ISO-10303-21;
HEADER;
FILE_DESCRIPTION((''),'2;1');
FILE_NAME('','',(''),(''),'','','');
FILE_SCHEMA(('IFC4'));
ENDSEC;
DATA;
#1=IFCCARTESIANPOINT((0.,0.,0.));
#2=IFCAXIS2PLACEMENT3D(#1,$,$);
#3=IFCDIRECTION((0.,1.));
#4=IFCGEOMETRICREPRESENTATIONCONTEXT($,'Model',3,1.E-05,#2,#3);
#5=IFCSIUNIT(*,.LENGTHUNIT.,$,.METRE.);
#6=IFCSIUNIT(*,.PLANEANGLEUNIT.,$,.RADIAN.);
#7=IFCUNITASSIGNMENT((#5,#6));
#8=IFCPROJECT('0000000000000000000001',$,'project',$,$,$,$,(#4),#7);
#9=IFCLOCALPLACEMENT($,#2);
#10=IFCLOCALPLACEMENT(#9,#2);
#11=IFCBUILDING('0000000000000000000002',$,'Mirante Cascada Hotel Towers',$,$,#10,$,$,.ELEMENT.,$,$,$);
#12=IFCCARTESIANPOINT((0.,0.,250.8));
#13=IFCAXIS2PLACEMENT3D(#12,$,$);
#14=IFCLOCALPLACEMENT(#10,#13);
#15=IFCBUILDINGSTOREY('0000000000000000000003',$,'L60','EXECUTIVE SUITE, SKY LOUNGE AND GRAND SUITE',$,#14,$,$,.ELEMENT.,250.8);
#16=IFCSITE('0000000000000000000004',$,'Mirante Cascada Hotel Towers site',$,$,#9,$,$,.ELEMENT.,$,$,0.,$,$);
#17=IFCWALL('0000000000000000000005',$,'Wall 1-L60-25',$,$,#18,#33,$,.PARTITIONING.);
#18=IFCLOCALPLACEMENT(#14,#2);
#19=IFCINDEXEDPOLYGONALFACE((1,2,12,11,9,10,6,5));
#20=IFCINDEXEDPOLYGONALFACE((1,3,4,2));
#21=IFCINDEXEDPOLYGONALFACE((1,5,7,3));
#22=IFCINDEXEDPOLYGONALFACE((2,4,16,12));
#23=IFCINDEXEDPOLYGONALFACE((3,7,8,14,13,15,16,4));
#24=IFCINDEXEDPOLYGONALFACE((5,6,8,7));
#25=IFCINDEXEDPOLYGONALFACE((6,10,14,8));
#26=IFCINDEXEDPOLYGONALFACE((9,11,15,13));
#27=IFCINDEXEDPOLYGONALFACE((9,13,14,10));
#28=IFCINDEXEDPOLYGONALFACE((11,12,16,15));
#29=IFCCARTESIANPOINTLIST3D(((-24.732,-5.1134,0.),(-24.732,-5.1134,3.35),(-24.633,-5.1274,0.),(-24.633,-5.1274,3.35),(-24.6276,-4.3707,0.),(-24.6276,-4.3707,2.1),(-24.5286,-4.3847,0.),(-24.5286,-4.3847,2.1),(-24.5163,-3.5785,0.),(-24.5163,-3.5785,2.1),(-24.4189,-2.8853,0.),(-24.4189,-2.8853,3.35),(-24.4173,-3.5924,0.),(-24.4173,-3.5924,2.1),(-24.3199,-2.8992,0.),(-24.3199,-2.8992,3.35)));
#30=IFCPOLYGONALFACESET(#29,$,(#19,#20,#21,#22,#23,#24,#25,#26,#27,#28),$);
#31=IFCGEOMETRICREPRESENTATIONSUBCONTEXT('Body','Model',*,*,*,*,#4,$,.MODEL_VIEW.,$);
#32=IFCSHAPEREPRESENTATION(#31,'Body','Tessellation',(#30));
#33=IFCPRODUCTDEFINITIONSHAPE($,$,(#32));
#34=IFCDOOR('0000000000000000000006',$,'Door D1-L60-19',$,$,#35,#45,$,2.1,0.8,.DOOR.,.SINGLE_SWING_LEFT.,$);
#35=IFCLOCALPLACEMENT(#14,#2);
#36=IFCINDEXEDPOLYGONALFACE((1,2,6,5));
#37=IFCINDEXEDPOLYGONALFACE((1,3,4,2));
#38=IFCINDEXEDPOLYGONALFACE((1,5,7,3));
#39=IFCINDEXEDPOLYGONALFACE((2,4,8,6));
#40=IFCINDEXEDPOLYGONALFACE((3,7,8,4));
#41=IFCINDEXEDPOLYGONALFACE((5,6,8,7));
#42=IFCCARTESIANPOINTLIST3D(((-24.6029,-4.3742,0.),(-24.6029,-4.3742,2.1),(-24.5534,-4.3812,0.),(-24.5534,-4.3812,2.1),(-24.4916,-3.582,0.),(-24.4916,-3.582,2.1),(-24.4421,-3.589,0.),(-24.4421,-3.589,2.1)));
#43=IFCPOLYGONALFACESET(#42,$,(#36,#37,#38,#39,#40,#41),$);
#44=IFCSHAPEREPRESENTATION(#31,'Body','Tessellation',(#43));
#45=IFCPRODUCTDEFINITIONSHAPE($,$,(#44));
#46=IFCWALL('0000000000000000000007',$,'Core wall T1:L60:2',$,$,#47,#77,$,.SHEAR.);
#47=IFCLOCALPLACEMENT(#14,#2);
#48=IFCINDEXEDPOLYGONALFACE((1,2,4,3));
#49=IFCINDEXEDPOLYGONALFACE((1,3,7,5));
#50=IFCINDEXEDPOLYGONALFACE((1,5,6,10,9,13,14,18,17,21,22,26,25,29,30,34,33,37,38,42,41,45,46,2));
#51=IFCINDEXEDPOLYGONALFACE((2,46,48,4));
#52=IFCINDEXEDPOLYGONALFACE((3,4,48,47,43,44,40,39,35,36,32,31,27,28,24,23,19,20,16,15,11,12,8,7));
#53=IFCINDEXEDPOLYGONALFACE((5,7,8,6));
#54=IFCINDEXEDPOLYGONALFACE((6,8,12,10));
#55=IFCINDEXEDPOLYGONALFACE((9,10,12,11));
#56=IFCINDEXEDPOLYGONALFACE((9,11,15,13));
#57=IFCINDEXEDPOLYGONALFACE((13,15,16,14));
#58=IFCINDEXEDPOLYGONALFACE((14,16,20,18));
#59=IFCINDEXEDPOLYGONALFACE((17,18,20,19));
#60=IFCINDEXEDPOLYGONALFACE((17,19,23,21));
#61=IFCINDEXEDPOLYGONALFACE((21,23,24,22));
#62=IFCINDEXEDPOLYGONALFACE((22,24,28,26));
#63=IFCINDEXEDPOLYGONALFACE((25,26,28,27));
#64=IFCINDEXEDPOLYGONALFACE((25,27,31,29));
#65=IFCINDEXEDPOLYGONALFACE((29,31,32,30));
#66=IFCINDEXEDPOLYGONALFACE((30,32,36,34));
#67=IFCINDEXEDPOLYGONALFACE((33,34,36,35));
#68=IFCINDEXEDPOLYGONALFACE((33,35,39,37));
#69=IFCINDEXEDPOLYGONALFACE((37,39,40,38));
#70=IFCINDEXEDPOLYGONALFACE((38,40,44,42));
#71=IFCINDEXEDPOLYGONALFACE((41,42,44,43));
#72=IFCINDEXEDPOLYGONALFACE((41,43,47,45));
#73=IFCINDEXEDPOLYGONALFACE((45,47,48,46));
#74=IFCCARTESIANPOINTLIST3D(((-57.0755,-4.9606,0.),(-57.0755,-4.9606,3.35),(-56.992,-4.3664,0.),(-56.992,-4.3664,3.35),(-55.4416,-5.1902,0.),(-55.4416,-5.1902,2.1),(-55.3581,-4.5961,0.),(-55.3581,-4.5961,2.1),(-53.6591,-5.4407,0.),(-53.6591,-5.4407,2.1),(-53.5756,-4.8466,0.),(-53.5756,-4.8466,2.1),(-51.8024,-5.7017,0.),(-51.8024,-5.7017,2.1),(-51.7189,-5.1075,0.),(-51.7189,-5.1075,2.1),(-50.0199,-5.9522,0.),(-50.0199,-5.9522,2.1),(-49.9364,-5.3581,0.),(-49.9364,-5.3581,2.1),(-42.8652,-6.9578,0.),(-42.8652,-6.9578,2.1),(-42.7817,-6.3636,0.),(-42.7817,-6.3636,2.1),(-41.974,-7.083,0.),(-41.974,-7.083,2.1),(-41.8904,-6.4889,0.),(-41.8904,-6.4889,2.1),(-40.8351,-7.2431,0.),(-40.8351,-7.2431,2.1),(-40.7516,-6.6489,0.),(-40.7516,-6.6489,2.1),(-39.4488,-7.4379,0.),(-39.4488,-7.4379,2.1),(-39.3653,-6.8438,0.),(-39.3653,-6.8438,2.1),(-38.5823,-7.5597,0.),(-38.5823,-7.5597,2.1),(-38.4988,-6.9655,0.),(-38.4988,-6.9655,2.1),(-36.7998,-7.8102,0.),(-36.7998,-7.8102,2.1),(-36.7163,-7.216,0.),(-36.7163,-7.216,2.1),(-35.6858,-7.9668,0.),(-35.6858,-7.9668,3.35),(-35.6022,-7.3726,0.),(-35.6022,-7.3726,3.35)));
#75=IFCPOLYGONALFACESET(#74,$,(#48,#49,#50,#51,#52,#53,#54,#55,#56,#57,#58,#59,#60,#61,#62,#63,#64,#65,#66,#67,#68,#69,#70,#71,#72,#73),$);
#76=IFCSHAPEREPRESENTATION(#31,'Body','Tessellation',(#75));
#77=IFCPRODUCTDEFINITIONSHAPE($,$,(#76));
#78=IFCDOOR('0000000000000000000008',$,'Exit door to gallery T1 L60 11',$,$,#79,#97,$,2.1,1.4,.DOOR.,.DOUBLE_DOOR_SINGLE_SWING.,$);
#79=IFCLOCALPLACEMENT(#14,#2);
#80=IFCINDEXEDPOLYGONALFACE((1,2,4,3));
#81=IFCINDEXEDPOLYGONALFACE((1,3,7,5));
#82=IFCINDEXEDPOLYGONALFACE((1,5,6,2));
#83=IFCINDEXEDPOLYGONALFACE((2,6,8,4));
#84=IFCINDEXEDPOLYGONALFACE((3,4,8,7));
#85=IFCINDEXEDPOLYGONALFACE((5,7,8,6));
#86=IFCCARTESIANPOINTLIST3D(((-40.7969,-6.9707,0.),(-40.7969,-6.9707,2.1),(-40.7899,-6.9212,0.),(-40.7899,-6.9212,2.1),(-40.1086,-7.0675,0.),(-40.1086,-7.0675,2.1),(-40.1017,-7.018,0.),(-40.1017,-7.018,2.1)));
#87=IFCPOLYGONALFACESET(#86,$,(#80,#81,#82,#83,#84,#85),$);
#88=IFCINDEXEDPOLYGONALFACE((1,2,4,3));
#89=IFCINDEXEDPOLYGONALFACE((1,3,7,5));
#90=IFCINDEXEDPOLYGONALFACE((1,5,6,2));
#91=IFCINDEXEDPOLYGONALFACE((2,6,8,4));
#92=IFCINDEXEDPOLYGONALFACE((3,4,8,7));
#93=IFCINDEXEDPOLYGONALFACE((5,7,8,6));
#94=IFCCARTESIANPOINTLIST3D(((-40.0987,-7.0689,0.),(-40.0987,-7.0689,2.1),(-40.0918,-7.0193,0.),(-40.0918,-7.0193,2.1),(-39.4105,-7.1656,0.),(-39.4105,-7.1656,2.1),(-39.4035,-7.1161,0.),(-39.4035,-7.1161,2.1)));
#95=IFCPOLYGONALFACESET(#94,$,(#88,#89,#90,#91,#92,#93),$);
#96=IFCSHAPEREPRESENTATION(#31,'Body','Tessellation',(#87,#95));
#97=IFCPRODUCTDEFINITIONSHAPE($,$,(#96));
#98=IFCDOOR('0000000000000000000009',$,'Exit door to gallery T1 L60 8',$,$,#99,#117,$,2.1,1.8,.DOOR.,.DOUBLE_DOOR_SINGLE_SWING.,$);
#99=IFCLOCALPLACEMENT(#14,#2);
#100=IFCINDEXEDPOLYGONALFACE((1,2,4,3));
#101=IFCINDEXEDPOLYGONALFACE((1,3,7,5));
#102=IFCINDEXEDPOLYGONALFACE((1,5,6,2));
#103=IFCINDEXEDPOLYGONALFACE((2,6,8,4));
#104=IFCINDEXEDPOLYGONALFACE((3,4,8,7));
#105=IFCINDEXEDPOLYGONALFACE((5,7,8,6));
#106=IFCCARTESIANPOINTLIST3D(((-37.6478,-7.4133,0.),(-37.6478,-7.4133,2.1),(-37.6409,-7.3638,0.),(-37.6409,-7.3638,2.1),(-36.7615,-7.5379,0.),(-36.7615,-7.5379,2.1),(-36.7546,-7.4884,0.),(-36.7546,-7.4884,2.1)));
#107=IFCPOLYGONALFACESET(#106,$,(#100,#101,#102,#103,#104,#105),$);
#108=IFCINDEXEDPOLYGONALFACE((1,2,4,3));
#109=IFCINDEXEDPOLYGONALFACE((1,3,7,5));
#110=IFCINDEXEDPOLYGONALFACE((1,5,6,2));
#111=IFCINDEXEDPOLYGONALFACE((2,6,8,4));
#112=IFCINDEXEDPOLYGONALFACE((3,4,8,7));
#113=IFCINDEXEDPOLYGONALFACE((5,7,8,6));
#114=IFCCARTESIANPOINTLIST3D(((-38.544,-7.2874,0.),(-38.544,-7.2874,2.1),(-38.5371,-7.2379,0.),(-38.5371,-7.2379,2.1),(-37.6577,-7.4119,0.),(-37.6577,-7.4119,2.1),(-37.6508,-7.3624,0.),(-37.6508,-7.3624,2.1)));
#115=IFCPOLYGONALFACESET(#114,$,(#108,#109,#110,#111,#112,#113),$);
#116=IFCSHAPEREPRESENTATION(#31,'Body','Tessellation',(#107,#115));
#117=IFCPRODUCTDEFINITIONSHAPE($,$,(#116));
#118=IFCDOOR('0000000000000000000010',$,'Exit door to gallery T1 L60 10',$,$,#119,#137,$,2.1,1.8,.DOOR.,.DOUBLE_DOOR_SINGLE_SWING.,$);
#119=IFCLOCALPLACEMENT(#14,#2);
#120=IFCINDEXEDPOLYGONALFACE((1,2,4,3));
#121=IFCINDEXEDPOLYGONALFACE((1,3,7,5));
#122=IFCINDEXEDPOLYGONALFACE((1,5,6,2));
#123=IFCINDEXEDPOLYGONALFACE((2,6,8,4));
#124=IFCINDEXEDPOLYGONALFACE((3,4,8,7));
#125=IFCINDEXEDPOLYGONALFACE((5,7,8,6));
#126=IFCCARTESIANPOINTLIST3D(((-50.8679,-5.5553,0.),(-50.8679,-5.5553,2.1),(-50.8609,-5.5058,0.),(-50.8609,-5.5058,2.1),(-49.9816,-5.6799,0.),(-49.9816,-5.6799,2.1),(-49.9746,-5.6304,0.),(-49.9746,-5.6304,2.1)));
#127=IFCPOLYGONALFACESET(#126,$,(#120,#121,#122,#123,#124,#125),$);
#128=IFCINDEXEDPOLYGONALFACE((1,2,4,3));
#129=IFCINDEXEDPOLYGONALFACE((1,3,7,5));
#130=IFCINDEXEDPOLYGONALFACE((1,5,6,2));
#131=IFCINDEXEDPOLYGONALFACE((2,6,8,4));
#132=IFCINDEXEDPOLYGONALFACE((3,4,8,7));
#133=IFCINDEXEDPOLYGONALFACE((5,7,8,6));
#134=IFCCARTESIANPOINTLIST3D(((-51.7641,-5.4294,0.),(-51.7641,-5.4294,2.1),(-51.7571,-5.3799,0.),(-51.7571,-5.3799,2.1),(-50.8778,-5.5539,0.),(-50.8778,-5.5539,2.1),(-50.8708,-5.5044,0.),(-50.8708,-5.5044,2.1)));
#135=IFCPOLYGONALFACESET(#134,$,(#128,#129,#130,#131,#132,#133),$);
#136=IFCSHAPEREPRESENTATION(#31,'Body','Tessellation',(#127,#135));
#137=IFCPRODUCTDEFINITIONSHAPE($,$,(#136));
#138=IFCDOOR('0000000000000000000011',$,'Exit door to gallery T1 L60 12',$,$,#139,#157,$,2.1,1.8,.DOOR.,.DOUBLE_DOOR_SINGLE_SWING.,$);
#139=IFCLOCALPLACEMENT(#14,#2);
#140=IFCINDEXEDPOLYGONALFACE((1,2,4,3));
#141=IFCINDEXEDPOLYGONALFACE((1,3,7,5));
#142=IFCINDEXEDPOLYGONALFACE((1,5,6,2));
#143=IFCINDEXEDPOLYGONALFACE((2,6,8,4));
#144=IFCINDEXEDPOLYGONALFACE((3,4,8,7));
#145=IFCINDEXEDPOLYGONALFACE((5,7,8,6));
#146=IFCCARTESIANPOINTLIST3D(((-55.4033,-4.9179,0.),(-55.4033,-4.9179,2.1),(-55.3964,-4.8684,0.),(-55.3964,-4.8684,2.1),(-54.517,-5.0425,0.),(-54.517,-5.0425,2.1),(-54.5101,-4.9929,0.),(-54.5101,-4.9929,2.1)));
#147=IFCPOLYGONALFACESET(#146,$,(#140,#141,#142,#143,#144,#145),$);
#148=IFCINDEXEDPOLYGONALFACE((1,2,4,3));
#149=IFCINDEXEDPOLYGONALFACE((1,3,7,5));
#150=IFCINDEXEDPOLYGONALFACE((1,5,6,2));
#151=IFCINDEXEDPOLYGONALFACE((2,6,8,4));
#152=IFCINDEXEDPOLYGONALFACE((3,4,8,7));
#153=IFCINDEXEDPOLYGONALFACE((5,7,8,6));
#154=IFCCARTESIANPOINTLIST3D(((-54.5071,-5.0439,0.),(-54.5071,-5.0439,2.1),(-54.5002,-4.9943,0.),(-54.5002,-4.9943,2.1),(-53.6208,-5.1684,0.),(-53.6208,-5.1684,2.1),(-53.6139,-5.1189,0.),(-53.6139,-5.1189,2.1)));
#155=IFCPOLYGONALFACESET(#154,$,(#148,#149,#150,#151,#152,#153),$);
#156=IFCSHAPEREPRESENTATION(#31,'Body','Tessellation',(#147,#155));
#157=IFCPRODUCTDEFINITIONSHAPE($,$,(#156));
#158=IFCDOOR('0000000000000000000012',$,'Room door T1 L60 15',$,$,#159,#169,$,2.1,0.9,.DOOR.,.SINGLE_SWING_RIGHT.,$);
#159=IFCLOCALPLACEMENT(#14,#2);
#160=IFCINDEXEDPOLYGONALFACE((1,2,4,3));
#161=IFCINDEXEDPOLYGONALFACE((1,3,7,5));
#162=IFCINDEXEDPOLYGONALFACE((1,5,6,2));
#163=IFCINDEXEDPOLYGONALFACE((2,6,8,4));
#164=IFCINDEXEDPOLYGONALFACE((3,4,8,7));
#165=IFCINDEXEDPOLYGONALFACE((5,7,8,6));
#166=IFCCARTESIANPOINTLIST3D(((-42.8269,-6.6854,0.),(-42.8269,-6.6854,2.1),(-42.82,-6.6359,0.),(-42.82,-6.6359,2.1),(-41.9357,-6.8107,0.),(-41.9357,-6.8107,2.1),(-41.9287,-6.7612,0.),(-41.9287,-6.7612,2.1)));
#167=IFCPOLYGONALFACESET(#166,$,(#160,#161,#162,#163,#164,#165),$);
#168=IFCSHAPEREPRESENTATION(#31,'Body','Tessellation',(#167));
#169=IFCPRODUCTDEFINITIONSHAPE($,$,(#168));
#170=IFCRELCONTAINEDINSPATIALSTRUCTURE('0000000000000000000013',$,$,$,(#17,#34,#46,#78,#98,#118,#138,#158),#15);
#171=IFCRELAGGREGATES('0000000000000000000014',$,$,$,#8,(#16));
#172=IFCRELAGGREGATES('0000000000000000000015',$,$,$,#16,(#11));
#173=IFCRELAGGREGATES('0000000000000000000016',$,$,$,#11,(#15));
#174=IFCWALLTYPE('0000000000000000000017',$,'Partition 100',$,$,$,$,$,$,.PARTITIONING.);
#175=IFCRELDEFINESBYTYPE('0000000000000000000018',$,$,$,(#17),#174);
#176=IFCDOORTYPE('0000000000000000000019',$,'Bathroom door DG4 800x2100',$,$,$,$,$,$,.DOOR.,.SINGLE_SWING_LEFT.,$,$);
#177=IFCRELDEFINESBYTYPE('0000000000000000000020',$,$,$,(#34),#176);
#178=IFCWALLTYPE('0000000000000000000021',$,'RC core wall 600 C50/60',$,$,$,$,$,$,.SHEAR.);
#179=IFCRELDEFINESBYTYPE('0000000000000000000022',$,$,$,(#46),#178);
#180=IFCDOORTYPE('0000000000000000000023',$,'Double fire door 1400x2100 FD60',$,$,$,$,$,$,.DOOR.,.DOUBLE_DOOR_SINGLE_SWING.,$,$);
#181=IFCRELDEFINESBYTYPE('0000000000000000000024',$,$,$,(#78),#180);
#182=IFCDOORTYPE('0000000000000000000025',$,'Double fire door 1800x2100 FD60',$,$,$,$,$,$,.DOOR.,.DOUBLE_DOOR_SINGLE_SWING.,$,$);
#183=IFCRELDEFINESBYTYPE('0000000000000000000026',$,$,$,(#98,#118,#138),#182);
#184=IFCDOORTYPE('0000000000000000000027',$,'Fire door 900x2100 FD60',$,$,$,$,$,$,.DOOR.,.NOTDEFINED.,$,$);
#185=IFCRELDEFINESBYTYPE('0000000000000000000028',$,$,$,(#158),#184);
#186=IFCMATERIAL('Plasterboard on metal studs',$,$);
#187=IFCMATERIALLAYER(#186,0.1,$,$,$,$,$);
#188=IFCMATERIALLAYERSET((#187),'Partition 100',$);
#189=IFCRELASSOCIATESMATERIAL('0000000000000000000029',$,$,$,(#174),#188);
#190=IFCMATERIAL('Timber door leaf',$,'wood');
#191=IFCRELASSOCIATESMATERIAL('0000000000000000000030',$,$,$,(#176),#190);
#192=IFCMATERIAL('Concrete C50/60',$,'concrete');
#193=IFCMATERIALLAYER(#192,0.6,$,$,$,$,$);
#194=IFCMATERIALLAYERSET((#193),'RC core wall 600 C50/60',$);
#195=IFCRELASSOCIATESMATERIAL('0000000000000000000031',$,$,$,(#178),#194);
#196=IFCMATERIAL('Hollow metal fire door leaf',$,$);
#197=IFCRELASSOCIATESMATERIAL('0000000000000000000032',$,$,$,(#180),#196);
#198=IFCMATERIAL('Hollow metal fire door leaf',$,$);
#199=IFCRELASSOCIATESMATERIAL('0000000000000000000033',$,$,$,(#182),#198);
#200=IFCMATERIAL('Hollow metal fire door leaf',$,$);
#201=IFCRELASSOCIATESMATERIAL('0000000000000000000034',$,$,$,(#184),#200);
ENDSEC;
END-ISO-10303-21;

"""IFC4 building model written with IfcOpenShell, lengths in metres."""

from ifc_helpers import new_model, si_unit, direction, frame, frame_2d, origin, place, context, subcontext, project, spatial, rectangle, extrude, material, layer, layer_set, type_object, element, fill, save


model = new_model("IFC4")

# Units and contexts
model_context = context("Model", 3, precision=1e-05, world=origin(), true_north=direction((0.0, 1.0)))
body_context = subcontext(model_context, "Body", "Model", "MODEL_VIEW")
ifc_project = project(units=[si_unit("LENGTHUNIT", "METRE"), si_unit("PLANEANGLEUNIT", "RADIAN")], contexts=[model_context])

# Site, building, storey
site_placement = place(None, origin())
site = spatial("IfcSite", under=ifc_project, at=site_placement, Name="Mirante Cascada Hotel Towers site", CompositionType="ELEMENT", RefElevation=0.0)
building_placement = place(site_placement, origin())
building = spatial("IfcBuilding", under=site, at=building_placement, Name="Mirante Cascada Hotel Towers", CompositionType="ELEMENT")
storey_placement = place(building_placement, frame((0.0, 0.0, 250.8)))
storey = spatial("IfcBuildingStorey", under=building, at=storey_placement, Name="L60", Description="EXECUTIVE SUITE, SKY LOUNGE AND GRAND SUITE", CompositionType="ELEMENT", Elevation=250.8)

# Shared definitions
ifc_material_1 = material(Name="Plasterboard on metal studs")
ifc_layer_1 = layer(ifc_material_1, 0.1)
ifc_layer_set_1 = layer_set([ifc_layer_1], Name="Partition 100")
wall_type_1 = type_object("IfcWallType", Name="Partition 100", PredefinedType="PARTITIONING", material=ifc_layer_set_1)

# Shared definitions
ifc_material_2 = material(Name="Timber door leaf", Category="wood")
door_type_1 = type_object("IfcDoorType", Name="Bathroom door DG4 800x2100", OperationType="SINGLE_SWING_LEFT", PredefinedType="DOOR", material=ifc_material_2)

# Wall, opening, door
wall_1_placement = place(storey_placement, frame((-24.6825, -5.1204, 0.0), z_axis=(0.0, 0.0, 1.0), x_axis=(0.139156, 0.990271, 0.0)))
wall_1 = element("IfcWall", 1, at=wall_1_placement, inside=storey, type_object=wall_type_1, Name="Wall 1-L60-25", PredefinedType="PARTITIONING", context=body_context, shape_type="SweptSolid", body=[
    extrude(rectangle(XDim=2.25, YDim=0.1, at=frame_2d((1.125, 0.0))), origin(), (0.0, 0.0, 1.0), 3.35),
])
opening_1_placement = place(wall_1_placement, frame((0.75, 0.0, 0.0)))
opening_1 = element("IfcOpeningElement", 2, at=opening_1_placement, cuts=wall_1, PredefinedType="OPENING", context=body_context, shape_type="SweptSolid", body=[
    extrude(rectangle(XDim=0.8, YDim=2.1, at=frame_2d((0.4, 1.05))), frame((0.0, 0.05, 0.0), z_axis=(0.0, -1.0, 0.0), x_axis=(1.0, 0.0, 0.0)), (0.0, 0.0, 1.0), 0.1),
])
door_1_placement = place(opening_1_placement, origin())
door_1 = element("IfcDoor", 3, at=door_1_placement, inside=storey, type_object=door_type_1, Name="Door D1-L60-19", OperationType="SINGLE_SWING_LEFT", OverallHeight=2.1, OverallWidth=0.8, PredefinedType="DOOR", context=body_context, shape_type="SweptSolid", body=[
    extrude(rectangle(XDim=0.8, YDim=2.1, at=frame_2d((0.4, 1.05))), frame((0.0, 0.025, 0.0), z_axis=(0.0, -1.0, 0.0), x_axis=(1.0, 0.0, 0.0)), (0.0, 0.0, 1.0), 0.05),
])
fill(opening_1, door_1)

# Wall, openings, doors
ifc_material_3 = material(Name="Concrete C50/60", Category="concrete")
ifc_layer_2 = layer(ifc_material_3, 0.6)
ifc_layer_set_2 = layer_set([ifc_layer_2], Name="RC core wall 600 C50/60")
wall_type_2 = type_object("IfcWallType", Name="RC core wall 600 C50/60", PredefinedType="SHEAR", material=ifc_layer_set_2)
wall_2_placement = place(storey_placement, frame((-35.644, -7.6697, 0.0), z_axis=(0.0, 0.0, 1.0), x_axis=(-0.990268, 0.139176, 0.0)))
wall_2 = element("IfcWall", 4, at=wall_2_placement, inside=storey, type_object=wall_type_2, Name="Core wall T1:L60:2", PredefinedType="SHEAR", context=body_context, shape_type="SweptSolid", body=[
    extrude(rectangle(XDim=21.6, YDim=0.6, at=frame_2d((10.8, 0.0))), origin(), (0.0, 0.0, 1.0), 3.35),
])
opening_2_placement = place(wall_2_placement, frame((1.125, 0.0, 0.0)))
opening_2 = element("IfcOpeningElement", 5, at=opening_2_placement, cuts=wall_2, PredefinedType="OPENING", context=body_context, shape_type="SweptSolid", body=[
    extrude(rectangle(XDim=1.8, YDim=2.1, at=frame_2d((0.9, 1.05))), frame((0.0, 0.3, 0.0), z_axis=(0.0, -1.0, 0.0), x_axis=(1.0, 0.0, 0.0)), (0.0, 0.0, 1.0), 0.6),
])
opening_3_placement = place(wall_2_placement, frame((14.475, 0.0, 0.0)))
opening_3 = element("IfcOpeningElement", 6, at=opening_3_placement, cuts=wall_2, PredefinedType="OPENING", context=body_context, shape_type="SweptSolid", body=[
    extrude(rectangle(XDim=1.8, YDim=2.1, at=frame_2d((0.9, 1.05))), frame((0.0, 0.3, 0.0), z_axis=(0.0, -1.0, 0.0), x_axis=(1.0, 0.0, 0.0)), (0.0, 0.0, 1.0), 0.6),
])
opening_4_placement = place(wall_2_placement, frame((3.8, 0.0, 0.0)))
opening_4 = element("IfcOpeningElement", 7, at=opening_4_placement, cuts=wall_2, PredefinedType="OPENING", context=body_context, shape_type="SweptSolid", body=[
    extrude(rectangle(XDim=1.4, YDim=2.1, at=frame_2d((0.7, 1.05))), frame((0.0, 0.3, 0.0), z_axis=(0.0, -1.0, 0.0), x_axis=(1.0, 0.0, 0.0)), (0.0, 0.0, 1.0), 0.6),
])
opening_5_placement = place(wall_2_placement, frame((18.15, 0.0, 0.0)))
opening_5 = element("IfcOpeningElement", 8, at=opening_5_placement, cuts=wall_2, PredefinedType="OPENING", context=body_context, shape_type="SweptSolid", body=[
    extrude(rectangle(XDim=1.8, YDim=2.1, at=frame_2d((0.9, 1.05))), frame((0.0, 0.3, 0.0), z_axis=(0.0, -1.0, 0.0), x_axis=(1.0, 0.0, 0.0)), (0.0, 0.0, 1.0), 0.6),
])
opening_6_placement = place(wall_2_placement, frame((6.35, 0.0, 0.0)))
opening_6 = element("IfcOpeningElement", 9, at=opening_6_placement, cuts=wall_2, PredefinedType="OPENING", context=body_context, shape_type="SweptSolid", body=[
    extrude(rectangle(XDim=0.9, YDim=2.1, at=frame_2d((0.45, 1.05))), frame((0.0, 0.3, 0.0), z_axis=(0.0, -1.0, 0.0), x_axis=(1.0, 0.0, 0.0)), (0.0, 0.0, 1.0), 0.6),
])
ifc_material_4 = material(Name="Hollow metal fire door leaf")
door_type_2 = type_object("IfcDoorType", Name="Double fire door 1400x2100 FD60", OperationType="DOUBLE_DOOR_SINGLE_SWING", PredefinedType="DOOR", material=ifc_material_4)
door_2_placement = place(opening_4_placement, frame((1.4, 0.0, 0.0), z_axis=(0.0, 0.0, 1.0), x_axis=(-1.0, 0.0, 0.0)))
door_2 = element("IfcDoor", 10, at=door_2_placement, inside=storey, type_object=door_type_2, Name="Exit door to gallery T1 L60 11", OperationType="DOUBLE_DOOR_SINGLE_SWING", OverallHeight=2.1, OverallWidth=1.4, PredefinedType="DOOR", context=body_context, shape_type="SweptSolid", body=[
    extrude(rectangle(XDim=0.695, YDim=2.1, at=frame_2d((0.3475, 1.05))), frame((0.0, 0.025, 0.0), z_axis=(0.0, -1.0, 0.0), x_axis=(1.0, 0.0, 0.0)), (0.0, 0.0, 1.0), 0.05),
    extrude(rectangle(XDim=0.695, YDim=2.1, at=frame_2d((1.0525, 1.05))), frame((0.0, 0.025, 0.0), z_axis=(0.0, -1.0, 0.0), x_axis=(1.0, 0.0, 0.0)), (0.0, 0.0, 1.0), 0.05),
])
fill(opening_4, door_2)
ifc_material_5 = material(Name="Hollow metal fire door leaf")
door_type_3 = type_object("IfcDoorType", Name="Double fire door 1800x2100 FD60", OperationType="DOUBLE_DOOR_SINGLE_SWING", PredefinedType="DOOR", material=ifc_material_5)
door_3_placement = place(opening_2_placement, origin())
door_3 = element("IfcDoor", 11, at=door_3_placement, inside=storey, type_object=door_type_3, Name="Exit door to gallery T1 L60 8", OperationType="DOUBLE_DOOR_SINGLE_SWING", OverallHeight=2.1, OverallWidth=1.8, PredefinedType="DOOR", context=body_context, shape_type="SweptSolid", body=[
    extrude(rectangle(XDim=0.895, YDim=2.1, at=frame_2d((0.4475, 1.05))), frame((0.0, 0.025, 0.0), z_axis=(0.0, -1.0, 0.0), x_axis=(1.0, 0.0, 0.0)), (0.0, 0.0, 1.0), 0.05),
    extrude(rectangle(XDim=0.895, YDim=2.1, at=frame_2d((1.3525, 1.05))), frame((0.0, 0.025, 0.0), z_axis=(0.0, -1.0, 0.0), x_axis=(1.0, 0.0, 0.0)), (0.0, 0.0, 1.0), 0.05),
])
fill(opening_2, door_3)
door_4_placement = place(opening_3_placement, origin())
door_4 = element("IfcDoor", 12, at=door_4_placement, inside=storey, type_object=door_type_3, Name="Exit door to gallery T1 L60 10", OperationType="DOUBLE_DOOR_SINGLE_SWING", OverallHeight=2.1, OverallWidth=1.8, PredefinedType="DOOR", context=body_context, shape_type="SweptSolid", body=[
    extrude(rectangle(XDim=0.895, YDim=2.1, at=frame_2d((0.4475, 1.05))), frame((0.0, 0.025, 0.0), z_axis=(0.0, -1.0, 0.0), x_axis=(1.0, 0.0, 0.0)), (0.0, 0.0, 1.0), 0.05),
    extrude(rectangle(XDim=0.895, YDim=2.1, at=frame_2d((1.3525, 1.05))), frame((0.0, 0.025, 0.0), z_axis=(0.0, -1.0, 0.0), x_axis=(1.0, 0.0, 0.0)), (0.0, 0.0, 1.0), 0.05),
])
fill(opening_3, door_4)
door_5_placement = place(opening_5_placement, frame((1.8, 0.0, 0.0), z_axis=(0.0, 0.0, 1.0), x_axis=(-1.0, 0.0, 0.0)))
door_5 = element("IfcDoor", 13, at=door_5_placement, inside=storey, type_object=door_type_3, Name="Exit door to gallery T1 L60 12", OperationType="DOUBLE_DOOR_SINGLE_SWING", OverallHeight=2.1, OverallWidth=1.8, PredefinedType="DOOR", context=body_context, shape_type="SweptSolid", body=[
    extrude(rectangle(XDim=0.895, YDim=2.1, at=frame_2d((0.4475, 1.05))), frame((0.0, 0.025, 0.0), z_axis=(0.0, -1.0, 0.0), x_axis=(1.0, 0.0, 0.0)), (0.0, 0.0, 1.0), 0.05),
    extrude(rectangle(XDim=0.895, YDim=2.1, at=frame_2d((1.3525, 1.05))), frame((0.0, 0.025, 0.0), z_axis=(0.0, -1.0, 0.0), x_axis=(1.0, 0.0, 0.0)), (0.0, 0.0, 1.0), 0.05),
])
fill(opening_5, door_5)
ifc_material_6 = material(Name="Hollow metal fire door leaf")
door_type_4 = type_object("IfcDoorType", Name="Fire door 900x2100 FD60", OperationType="NOTDEFINED", PredefinedType="DOOR", material=ifc_material_6)
door_6_placement = place(opening_6_placement, origin())
door_6 = element("IfcDoor", 14, at=door_6_placement, inside=storey, type_object=door_type_4, Name="Room door T1 L60 15", OperationType="SINGLE_SWING_RIGHT", OverallHeight=2.1, OverallWidth=0.9, PredefinedType="DOOR", context=body_context, shape_type="SweptSolid", body=[
    extrude(rectangle(XDim=0.9, YDim=2.1, at=frame_2d((0.45, 1.05))), frame((0.0, 0.025, 0.0), z_axis=(0.0, -1.0, 0.0), x_axis=(1.0, 0.0, 0.0)), (0.0, 0.0, 1.0), 0.05),
])
fill(opening_6, door_6)

save(model, "model.ifc")
